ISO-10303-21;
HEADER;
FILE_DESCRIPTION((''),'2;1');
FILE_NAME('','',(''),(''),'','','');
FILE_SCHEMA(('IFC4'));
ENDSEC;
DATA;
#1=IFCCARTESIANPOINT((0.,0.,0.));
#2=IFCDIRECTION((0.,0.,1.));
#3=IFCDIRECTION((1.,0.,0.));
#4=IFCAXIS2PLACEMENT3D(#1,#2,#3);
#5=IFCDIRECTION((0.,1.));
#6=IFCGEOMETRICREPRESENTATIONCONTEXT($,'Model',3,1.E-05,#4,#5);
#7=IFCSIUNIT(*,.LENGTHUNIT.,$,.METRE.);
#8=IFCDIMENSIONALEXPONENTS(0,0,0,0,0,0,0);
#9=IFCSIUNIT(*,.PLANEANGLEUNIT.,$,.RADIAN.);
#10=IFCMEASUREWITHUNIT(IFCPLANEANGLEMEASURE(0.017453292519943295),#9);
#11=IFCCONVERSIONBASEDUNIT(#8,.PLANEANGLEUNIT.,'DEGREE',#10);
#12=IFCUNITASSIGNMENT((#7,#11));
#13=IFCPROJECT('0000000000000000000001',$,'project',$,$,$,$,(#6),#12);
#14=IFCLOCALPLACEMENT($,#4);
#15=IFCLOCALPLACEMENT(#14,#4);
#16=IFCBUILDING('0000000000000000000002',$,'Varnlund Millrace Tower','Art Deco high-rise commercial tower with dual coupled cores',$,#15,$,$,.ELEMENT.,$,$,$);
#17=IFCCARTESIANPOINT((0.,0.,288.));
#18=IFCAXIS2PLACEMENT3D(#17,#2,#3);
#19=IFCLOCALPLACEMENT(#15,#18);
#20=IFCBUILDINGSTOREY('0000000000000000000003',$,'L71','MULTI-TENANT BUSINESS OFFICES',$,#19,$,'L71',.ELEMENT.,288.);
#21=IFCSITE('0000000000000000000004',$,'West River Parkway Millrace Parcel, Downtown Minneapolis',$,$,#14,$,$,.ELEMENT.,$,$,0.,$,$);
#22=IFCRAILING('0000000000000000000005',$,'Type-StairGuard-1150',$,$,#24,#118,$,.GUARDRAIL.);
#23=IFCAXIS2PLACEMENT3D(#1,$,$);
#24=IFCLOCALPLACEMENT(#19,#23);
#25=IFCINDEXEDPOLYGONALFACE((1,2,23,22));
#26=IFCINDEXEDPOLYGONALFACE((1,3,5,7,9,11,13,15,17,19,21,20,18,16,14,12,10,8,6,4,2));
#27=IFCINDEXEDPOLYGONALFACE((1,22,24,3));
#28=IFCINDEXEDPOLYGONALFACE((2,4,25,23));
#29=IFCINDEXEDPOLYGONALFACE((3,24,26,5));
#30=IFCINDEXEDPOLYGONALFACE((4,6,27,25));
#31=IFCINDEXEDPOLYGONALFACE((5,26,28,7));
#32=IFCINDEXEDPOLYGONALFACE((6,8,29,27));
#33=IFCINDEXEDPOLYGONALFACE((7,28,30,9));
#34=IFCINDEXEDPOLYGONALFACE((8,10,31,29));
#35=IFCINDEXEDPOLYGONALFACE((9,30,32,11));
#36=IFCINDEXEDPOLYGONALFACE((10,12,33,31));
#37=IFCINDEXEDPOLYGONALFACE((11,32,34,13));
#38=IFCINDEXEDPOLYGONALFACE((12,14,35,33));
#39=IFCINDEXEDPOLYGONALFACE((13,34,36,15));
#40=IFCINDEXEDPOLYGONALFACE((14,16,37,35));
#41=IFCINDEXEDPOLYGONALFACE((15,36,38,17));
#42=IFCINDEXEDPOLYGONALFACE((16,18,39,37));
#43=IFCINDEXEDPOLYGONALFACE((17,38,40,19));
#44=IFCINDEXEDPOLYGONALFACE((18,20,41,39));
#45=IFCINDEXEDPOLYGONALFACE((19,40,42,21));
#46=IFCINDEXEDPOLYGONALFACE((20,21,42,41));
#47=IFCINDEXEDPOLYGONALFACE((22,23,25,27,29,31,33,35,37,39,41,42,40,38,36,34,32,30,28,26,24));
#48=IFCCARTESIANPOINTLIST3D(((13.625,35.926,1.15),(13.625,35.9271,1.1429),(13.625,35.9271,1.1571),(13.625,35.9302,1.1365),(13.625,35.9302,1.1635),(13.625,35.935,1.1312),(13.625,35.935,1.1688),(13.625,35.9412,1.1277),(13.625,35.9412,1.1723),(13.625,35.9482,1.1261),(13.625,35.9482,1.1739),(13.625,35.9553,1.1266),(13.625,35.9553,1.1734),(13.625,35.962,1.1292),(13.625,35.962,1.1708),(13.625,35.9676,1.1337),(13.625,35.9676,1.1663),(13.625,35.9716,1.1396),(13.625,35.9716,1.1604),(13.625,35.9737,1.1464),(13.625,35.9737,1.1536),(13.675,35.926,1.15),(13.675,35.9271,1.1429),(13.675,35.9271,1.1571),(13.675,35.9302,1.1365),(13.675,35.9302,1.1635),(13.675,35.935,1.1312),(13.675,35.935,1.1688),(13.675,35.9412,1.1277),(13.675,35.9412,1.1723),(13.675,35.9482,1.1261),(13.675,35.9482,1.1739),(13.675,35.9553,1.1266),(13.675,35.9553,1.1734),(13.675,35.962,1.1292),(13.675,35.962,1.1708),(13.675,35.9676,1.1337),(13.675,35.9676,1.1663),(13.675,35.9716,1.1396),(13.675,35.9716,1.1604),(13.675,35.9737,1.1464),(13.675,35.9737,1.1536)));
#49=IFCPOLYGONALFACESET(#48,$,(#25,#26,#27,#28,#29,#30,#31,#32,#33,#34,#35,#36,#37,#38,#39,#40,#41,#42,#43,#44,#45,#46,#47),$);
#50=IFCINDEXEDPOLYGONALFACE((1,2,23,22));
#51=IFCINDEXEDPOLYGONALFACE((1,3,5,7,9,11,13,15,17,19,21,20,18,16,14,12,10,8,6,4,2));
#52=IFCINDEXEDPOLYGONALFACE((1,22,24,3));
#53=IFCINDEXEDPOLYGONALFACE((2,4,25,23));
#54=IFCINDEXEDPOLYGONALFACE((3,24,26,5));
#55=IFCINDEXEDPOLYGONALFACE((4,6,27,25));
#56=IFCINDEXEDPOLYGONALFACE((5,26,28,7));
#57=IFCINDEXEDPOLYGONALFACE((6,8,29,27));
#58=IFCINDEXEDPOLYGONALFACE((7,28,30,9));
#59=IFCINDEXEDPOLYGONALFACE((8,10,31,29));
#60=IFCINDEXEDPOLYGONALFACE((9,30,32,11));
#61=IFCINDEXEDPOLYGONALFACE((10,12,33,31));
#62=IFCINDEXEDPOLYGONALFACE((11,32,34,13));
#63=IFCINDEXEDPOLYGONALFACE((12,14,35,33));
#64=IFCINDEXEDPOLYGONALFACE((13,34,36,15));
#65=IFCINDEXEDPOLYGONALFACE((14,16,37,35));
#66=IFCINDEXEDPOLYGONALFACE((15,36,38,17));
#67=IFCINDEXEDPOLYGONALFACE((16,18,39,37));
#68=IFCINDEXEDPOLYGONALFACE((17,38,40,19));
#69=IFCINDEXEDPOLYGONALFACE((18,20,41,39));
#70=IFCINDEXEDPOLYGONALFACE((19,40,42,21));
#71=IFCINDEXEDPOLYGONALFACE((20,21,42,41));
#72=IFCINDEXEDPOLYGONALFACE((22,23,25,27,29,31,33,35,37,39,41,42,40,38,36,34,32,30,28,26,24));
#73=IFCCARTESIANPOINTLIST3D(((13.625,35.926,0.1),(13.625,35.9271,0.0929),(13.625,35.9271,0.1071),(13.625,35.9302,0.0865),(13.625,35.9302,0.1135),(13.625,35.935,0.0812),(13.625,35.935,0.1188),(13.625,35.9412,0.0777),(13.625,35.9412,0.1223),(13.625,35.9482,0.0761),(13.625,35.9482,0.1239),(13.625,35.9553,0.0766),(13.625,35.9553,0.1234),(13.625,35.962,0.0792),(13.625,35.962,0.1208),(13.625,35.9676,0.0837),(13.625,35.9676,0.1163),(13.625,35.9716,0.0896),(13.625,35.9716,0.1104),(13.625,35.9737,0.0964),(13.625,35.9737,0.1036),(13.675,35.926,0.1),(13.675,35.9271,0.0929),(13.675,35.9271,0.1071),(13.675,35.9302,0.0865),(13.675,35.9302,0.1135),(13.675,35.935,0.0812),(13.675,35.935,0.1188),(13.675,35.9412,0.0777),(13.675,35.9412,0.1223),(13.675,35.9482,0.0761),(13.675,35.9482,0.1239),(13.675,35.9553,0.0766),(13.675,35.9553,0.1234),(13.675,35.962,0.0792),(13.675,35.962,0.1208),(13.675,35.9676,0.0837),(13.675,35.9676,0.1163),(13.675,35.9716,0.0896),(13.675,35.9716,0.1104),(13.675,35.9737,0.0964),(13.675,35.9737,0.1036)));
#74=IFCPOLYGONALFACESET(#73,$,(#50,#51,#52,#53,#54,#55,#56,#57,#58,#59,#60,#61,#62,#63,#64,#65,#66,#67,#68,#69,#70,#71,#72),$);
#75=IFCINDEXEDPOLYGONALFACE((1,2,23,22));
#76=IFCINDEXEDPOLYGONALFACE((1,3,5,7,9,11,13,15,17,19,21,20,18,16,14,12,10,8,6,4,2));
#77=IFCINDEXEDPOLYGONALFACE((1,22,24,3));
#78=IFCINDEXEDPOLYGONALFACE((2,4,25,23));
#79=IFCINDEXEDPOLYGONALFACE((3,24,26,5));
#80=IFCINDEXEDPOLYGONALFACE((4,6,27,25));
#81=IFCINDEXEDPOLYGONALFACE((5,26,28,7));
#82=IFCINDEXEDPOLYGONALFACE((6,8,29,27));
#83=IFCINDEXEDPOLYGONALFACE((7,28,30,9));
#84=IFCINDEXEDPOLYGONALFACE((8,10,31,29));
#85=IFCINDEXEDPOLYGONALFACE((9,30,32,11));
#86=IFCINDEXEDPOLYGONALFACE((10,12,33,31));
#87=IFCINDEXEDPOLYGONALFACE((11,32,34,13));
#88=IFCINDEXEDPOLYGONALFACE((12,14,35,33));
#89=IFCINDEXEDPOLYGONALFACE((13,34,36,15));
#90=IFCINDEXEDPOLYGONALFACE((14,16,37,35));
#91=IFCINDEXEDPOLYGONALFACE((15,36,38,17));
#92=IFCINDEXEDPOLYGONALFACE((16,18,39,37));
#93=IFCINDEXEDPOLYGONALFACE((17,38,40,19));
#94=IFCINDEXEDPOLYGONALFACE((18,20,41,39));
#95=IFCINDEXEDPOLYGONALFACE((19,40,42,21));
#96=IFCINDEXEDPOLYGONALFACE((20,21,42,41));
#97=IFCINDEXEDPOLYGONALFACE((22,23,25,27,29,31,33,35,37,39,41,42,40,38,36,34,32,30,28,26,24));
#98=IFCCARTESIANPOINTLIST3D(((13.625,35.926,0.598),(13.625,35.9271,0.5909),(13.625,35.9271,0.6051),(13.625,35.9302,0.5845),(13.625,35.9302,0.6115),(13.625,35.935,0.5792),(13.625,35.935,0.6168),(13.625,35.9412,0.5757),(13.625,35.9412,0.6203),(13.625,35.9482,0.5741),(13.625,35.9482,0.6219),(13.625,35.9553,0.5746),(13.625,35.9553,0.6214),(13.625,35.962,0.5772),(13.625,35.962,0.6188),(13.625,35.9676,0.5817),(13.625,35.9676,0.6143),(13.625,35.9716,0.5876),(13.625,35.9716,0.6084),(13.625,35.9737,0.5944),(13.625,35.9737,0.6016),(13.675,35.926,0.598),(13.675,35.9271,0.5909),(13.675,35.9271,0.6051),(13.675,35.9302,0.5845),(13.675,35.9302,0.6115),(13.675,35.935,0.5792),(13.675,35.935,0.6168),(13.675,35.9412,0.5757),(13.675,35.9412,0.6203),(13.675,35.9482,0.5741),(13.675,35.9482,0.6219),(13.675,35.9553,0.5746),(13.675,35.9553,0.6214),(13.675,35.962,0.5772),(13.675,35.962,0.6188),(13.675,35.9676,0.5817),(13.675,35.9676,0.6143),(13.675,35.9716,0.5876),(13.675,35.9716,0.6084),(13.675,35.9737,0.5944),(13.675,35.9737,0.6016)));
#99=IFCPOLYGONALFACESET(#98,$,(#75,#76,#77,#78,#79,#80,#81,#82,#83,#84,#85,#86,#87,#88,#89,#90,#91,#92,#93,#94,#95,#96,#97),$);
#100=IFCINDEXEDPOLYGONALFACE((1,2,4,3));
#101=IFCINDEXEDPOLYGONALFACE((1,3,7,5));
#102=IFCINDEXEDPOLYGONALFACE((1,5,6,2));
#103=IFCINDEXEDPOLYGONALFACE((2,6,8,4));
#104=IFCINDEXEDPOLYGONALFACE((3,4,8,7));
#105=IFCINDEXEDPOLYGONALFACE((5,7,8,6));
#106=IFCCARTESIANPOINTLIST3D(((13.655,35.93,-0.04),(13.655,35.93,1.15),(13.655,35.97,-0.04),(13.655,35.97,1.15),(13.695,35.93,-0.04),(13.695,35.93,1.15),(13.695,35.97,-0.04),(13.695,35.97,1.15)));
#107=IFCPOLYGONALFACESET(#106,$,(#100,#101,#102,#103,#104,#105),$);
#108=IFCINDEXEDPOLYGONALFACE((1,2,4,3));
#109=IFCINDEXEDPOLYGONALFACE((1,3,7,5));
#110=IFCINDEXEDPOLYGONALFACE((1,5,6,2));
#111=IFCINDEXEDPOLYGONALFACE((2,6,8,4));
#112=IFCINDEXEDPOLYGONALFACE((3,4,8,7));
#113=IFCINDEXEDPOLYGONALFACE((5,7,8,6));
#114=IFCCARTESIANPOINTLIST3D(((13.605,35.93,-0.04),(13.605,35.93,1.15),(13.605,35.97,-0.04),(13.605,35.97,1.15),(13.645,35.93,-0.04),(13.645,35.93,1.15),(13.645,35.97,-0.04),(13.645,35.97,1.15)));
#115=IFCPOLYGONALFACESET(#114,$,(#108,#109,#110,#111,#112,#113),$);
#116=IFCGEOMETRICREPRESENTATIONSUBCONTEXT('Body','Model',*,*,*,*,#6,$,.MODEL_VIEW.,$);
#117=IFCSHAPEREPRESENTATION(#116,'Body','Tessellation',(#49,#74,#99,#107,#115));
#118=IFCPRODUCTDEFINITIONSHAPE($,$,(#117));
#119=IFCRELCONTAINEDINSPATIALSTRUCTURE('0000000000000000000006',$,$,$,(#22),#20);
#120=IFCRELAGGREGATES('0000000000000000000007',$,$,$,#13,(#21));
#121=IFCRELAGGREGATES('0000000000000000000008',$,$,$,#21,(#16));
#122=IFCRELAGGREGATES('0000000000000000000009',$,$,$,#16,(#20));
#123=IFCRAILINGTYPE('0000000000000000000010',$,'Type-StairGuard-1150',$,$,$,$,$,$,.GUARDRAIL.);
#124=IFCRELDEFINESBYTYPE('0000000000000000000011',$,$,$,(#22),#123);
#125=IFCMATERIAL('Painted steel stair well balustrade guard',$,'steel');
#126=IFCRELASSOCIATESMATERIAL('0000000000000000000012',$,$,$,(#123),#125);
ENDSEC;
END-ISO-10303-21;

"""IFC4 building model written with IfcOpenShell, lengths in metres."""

from ifc_helpers import new_model, entity, si_unit, converted_unit, direction, frame, origin_with_axes, origin_2d_with_axis, place, context, subcontext, project, spatial, rectangle, circle, extrude, material, type_object, element, save


model = new_model("IFC4")

# Units and contexts
model_context = context("Model", 3, precision=1e-05, world=origin_with_axes(), true_north=direction((0.0, 1.0)))
body_context = subcontext(model_context, "Body", "Model", "MODEL_VIEW")
ifc_project = project(units=[si_unit("LENGTHUNIT", "METRE"), converted_unit("PLANEANGLEUNIT", "DEGREE", entity("IfcPlaneAngleMeasure", 0.017453292519943295), si_unit("PLANEANGLEUNIT", "RADIAN"), dimensions=[0, 0, 0, 0, 0, 0, 0])], contexts=[model_context])

# Site, building, storey
site_placement = place(None, origin_with_axes())
site = spatial("IfcSite", under=ifc_project, at=site_placement, Name="West River Parkway Millrace Parcel, Downtown Minneapolis", CompositionType="ELEMENT", RefElevation=0.0)
building_placement = place(site_placement, origin_with_axes())
building = spatial("IfcBuilding", under=site, at=building_placement, Name="Varnlund Millrace Tower", Description="Art Deco high-rise commercial tower with dual coupled cores", CompositionType="ELEMENT")
storey_placement = place(building_placement, frame((0.0, 0.0, 288.0), z_axis=(0.0, 0.0, 1.0), x_axis=(1.0, 0.0, 0.0)))
storey = spatial("IfcBuildingStorey", under=building, at=storey_placement, Name="L71", Description="MULTI-TENANT BUSINESS OFFICES", LongName="L71", CompositionType="ELEMENT", Elevation=288.0)

# Railing
ifc_material_1 = material(Name="Painted steel stair well balustrade guard", Category="steel")
railing_type_1 = type_object("IfcRailingType", Name="Type-StairGuard-1150", PredefinedType="GUARDRAIL", material=ifc_material_1)
railing_1_placement = place(storey_placement, frame((0.0, 0.0, -288.0), z_axis=(0.0, 0.0, 1.0), x_axis=(1.0, 0.0, 0.0)))
element("IfcRailing", 1, at=railing_1_placement, inside=storey, type_object=railing_type_1, Name="Type-StairGuard-1150", PredefinedType="GUARDRAIL", context=body_context, shape_type="SweptSolid", body=[
    extrude(circle(Radius=0.024, at=origin_2d_with_axis()), frame((13.675, 35.95, 289.15), z_axis=(-1.0, 0.0, 0.0), x_axis=(0.0, -1.0, 0.0)), (0.0, 0.0, 1.0), 0.05),
    extrude(circle(Radius=0.024, at=origin_2d_with_axis()), frame((13.675, 35.95, 288.1), z_axis=(-1.0, 0.0, 0.0), x_axis=(0.0, -1.0, 0.0)), (0.0, 0.0, 1.0), 0.05),
    extrude(circle(Radius=0.024, at=origin_2d_with_axis()), frame((13.675, 35.95, 288.598), z_axis=(-1.0, 0.0, 0.0), x_axis=(0.0, -1.0, 0.0)), (0.0, 0.0, 1.0), 0.05),
    extrude(rectangle(XDim=0.04, YDim=0.04, at=origin_2d_with_axis()), frame((13.675, 35.95, 287.96), z_axis=(0.0, 0.0, 1.0), x_axis=(1.0, 0.0, 0.0)), (0.0, 0.0, 1.0), 1.19),
    extrude(rectangle(XDim=0.04, YDim=0.04, at=origin_2d_with_axis()), frame((13.625, 35.95, 287.96), z_axis=(0.0, 0.0, 1.0), x_axis=(1.0, 0.0, 0.0)), (0.0, 0.0, 1.0), 1.19),
])

save(model, "model.ifc")
